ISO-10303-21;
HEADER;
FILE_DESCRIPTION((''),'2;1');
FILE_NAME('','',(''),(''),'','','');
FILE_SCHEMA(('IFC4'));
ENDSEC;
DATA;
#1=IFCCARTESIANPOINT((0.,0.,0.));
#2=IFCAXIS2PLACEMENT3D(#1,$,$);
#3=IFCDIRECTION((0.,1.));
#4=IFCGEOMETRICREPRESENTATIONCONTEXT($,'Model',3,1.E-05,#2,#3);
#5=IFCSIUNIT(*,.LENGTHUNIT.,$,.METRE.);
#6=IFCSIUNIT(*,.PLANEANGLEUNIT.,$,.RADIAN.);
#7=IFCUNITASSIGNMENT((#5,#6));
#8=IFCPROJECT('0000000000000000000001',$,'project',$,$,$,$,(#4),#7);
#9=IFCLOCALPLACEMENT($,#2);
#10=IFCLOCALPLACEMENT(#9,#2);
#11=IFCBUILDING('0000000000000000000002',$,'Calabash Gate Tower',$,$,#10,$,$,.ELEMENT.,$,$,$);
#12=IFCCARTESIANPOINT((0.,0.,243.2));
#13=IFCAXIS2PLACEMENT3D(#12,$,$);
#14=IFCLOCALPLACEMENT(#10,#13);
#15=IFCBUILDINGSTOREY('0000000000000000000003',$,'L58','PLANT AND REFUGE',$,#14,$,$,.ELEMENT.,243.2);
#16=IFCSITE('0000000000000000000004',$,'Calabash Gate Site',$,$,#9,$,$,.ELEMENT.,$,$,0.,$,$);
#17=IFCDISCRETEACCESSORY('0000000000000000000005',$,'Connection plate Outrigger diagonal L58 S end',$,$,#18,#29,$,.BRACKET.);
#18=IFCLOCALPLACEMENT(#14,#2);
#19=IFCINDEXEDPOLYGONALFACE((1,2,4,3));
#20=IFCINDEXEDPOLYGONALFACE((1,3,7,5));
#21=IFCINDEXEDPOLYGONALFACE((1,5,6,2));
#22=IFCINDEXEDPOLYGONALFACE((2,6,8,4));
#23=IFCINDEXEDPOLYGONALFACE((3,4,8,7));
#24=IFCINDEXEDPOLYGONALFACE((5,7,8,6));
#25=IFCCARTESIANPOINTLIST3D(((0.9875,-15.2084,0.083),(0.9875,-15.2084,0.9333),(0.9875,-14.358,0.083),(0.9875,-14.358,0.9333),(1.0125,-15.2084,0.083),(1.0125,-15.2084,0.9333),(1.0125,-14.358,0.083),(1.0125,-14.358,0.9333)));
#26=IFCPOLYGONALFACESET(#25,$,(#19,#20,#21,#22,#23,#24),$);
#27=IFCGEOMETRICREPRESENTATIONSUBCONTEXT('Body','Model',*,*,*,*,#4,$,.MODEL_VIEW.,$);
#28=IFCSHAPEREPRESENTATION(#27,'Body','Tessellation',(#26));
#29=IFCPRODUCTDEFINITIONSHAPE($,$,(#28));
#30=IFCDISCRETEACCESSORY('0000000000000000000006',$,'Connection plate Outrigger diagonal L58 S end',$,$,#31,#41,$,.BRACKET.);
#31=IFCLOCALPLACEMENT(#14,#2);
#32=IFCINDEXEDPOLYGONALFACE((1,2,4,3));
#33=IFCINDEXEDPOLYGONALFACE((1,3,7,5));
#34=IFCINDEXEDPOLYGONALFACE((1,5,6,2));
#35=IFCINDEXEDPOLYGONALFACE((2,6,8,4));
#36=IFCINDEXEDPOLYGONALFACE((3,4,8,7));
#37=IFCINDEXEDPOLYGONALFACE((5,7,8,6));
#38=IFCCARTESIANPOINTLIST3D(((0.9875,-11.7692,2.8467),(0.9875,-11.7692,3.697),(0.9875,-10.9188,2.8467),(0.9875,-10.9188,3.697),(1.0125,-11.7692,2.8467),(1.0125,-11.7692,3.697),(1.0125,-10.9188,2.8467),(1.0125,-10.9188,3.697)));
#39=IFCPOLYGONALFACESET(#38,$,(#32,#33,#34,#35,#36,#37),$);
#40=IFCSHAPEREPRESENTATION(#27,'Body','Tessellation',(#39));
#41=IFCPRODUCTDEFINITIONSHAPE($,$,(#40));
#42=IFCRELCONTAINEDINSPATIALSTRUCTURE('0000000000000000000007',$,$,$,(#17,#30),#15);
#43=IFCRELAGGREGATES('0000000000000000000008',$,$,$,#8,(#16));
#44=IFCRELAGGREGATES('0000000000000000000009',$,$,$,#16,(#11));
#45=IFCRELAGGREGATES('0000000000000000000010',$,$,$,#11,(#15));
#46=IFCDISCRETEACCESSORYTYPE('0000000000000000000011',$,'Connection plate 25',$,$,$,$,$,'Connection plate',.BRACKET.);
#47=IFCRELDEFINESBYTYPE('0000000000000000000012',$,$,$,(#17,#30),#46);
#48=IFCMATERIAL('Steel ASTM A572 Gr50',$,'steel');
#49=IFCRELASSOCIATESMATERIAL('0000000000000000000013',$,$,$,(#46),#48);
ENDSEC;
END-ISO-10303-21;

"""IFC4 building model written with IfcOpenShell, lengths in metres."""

from ifc_helpers import new_model, si_unit, direction, frame, origin, origin_2d, place, context, subcontext, project, spatial, rectangle, extrude, material, type_object, element, save


model = new_model("IFC4")

# Units and contexts
model_context = context("Model", 3, precision=1e-05, world=origin(), true_north=direction((0.0, 1.0)))
body_context = subcontext(model_context, "Body", "Model", "MODEL_VIEW")
ifc_project = project(units=[si_unit("LENGTHUNIT", "METRE"), si_unit("PLANEANGLEUNIT", "RADIAN")], contexts=[model_context])

# Site, building, storey
site_placement = place(None, origin())
site = spatial("IfcSite", under=ifc_project, at=site_placement, Name="Calabash Gate Site", CompositionType="ELEMENT", RefElevation=0.0)
building_placement = place(site_placement, origin())
building = spatial("IfcBuilding", under=site, at=building_placement, Name="Calabash Gate Tower", CompositionType="ELEMENT")
storey_placement = place(building_placement, frame((0.0, 0.0, 243.2)))
storey = spatial("IfcBuildingStorey", under=building, at=storey_placement, Name="L58", Description="PLANT AND REFUGE", CompositionType="ELEMENT", Elevation=243.2)

# Discrete accessories
ifc_material_1 = material(Name="Steel ASTM A572 Gr50", Category="steel")
discrete_accessory_type = type_object("IfcDiscreteAccessoryType", Name="Connection plate 25", ElementType="Connection plate", PredefinedType="BRACKET", material=ifc_material_1)
for number, where, z_axis, x_axis, name in (
    (1, (1.0, -14.7832, 0.083), (0.0, 0.0, 1.0), (0.0, 1.0, 0.0), "Connection plate Outrigger diagonal L58 S end"),
    (2, (1.0, -11.344, 2.8467), (0.0, 0.0, 1.0), (0.0, 1.0, 0.0), "Connection plate Outrigger diagonal L58 S end"),
):
    element("IfcDiscreteAccessory", number, at=place(storey_placement, frame(where, z_axis=z_axis, x_axis=x_axis)), inside=storey, type_object=discrete_accessory_type, Name=name, PredefinedType="BRACKET", context=body_context, shape_type="SweptSolid", body=[
        extrude(rectangle(XDim=0.8503, YDim=0.0249, at=origin_2d()), origin(), (0.0, 0.0, 1.0), 0.8503),
    ])

save(model, "model.ifc")
